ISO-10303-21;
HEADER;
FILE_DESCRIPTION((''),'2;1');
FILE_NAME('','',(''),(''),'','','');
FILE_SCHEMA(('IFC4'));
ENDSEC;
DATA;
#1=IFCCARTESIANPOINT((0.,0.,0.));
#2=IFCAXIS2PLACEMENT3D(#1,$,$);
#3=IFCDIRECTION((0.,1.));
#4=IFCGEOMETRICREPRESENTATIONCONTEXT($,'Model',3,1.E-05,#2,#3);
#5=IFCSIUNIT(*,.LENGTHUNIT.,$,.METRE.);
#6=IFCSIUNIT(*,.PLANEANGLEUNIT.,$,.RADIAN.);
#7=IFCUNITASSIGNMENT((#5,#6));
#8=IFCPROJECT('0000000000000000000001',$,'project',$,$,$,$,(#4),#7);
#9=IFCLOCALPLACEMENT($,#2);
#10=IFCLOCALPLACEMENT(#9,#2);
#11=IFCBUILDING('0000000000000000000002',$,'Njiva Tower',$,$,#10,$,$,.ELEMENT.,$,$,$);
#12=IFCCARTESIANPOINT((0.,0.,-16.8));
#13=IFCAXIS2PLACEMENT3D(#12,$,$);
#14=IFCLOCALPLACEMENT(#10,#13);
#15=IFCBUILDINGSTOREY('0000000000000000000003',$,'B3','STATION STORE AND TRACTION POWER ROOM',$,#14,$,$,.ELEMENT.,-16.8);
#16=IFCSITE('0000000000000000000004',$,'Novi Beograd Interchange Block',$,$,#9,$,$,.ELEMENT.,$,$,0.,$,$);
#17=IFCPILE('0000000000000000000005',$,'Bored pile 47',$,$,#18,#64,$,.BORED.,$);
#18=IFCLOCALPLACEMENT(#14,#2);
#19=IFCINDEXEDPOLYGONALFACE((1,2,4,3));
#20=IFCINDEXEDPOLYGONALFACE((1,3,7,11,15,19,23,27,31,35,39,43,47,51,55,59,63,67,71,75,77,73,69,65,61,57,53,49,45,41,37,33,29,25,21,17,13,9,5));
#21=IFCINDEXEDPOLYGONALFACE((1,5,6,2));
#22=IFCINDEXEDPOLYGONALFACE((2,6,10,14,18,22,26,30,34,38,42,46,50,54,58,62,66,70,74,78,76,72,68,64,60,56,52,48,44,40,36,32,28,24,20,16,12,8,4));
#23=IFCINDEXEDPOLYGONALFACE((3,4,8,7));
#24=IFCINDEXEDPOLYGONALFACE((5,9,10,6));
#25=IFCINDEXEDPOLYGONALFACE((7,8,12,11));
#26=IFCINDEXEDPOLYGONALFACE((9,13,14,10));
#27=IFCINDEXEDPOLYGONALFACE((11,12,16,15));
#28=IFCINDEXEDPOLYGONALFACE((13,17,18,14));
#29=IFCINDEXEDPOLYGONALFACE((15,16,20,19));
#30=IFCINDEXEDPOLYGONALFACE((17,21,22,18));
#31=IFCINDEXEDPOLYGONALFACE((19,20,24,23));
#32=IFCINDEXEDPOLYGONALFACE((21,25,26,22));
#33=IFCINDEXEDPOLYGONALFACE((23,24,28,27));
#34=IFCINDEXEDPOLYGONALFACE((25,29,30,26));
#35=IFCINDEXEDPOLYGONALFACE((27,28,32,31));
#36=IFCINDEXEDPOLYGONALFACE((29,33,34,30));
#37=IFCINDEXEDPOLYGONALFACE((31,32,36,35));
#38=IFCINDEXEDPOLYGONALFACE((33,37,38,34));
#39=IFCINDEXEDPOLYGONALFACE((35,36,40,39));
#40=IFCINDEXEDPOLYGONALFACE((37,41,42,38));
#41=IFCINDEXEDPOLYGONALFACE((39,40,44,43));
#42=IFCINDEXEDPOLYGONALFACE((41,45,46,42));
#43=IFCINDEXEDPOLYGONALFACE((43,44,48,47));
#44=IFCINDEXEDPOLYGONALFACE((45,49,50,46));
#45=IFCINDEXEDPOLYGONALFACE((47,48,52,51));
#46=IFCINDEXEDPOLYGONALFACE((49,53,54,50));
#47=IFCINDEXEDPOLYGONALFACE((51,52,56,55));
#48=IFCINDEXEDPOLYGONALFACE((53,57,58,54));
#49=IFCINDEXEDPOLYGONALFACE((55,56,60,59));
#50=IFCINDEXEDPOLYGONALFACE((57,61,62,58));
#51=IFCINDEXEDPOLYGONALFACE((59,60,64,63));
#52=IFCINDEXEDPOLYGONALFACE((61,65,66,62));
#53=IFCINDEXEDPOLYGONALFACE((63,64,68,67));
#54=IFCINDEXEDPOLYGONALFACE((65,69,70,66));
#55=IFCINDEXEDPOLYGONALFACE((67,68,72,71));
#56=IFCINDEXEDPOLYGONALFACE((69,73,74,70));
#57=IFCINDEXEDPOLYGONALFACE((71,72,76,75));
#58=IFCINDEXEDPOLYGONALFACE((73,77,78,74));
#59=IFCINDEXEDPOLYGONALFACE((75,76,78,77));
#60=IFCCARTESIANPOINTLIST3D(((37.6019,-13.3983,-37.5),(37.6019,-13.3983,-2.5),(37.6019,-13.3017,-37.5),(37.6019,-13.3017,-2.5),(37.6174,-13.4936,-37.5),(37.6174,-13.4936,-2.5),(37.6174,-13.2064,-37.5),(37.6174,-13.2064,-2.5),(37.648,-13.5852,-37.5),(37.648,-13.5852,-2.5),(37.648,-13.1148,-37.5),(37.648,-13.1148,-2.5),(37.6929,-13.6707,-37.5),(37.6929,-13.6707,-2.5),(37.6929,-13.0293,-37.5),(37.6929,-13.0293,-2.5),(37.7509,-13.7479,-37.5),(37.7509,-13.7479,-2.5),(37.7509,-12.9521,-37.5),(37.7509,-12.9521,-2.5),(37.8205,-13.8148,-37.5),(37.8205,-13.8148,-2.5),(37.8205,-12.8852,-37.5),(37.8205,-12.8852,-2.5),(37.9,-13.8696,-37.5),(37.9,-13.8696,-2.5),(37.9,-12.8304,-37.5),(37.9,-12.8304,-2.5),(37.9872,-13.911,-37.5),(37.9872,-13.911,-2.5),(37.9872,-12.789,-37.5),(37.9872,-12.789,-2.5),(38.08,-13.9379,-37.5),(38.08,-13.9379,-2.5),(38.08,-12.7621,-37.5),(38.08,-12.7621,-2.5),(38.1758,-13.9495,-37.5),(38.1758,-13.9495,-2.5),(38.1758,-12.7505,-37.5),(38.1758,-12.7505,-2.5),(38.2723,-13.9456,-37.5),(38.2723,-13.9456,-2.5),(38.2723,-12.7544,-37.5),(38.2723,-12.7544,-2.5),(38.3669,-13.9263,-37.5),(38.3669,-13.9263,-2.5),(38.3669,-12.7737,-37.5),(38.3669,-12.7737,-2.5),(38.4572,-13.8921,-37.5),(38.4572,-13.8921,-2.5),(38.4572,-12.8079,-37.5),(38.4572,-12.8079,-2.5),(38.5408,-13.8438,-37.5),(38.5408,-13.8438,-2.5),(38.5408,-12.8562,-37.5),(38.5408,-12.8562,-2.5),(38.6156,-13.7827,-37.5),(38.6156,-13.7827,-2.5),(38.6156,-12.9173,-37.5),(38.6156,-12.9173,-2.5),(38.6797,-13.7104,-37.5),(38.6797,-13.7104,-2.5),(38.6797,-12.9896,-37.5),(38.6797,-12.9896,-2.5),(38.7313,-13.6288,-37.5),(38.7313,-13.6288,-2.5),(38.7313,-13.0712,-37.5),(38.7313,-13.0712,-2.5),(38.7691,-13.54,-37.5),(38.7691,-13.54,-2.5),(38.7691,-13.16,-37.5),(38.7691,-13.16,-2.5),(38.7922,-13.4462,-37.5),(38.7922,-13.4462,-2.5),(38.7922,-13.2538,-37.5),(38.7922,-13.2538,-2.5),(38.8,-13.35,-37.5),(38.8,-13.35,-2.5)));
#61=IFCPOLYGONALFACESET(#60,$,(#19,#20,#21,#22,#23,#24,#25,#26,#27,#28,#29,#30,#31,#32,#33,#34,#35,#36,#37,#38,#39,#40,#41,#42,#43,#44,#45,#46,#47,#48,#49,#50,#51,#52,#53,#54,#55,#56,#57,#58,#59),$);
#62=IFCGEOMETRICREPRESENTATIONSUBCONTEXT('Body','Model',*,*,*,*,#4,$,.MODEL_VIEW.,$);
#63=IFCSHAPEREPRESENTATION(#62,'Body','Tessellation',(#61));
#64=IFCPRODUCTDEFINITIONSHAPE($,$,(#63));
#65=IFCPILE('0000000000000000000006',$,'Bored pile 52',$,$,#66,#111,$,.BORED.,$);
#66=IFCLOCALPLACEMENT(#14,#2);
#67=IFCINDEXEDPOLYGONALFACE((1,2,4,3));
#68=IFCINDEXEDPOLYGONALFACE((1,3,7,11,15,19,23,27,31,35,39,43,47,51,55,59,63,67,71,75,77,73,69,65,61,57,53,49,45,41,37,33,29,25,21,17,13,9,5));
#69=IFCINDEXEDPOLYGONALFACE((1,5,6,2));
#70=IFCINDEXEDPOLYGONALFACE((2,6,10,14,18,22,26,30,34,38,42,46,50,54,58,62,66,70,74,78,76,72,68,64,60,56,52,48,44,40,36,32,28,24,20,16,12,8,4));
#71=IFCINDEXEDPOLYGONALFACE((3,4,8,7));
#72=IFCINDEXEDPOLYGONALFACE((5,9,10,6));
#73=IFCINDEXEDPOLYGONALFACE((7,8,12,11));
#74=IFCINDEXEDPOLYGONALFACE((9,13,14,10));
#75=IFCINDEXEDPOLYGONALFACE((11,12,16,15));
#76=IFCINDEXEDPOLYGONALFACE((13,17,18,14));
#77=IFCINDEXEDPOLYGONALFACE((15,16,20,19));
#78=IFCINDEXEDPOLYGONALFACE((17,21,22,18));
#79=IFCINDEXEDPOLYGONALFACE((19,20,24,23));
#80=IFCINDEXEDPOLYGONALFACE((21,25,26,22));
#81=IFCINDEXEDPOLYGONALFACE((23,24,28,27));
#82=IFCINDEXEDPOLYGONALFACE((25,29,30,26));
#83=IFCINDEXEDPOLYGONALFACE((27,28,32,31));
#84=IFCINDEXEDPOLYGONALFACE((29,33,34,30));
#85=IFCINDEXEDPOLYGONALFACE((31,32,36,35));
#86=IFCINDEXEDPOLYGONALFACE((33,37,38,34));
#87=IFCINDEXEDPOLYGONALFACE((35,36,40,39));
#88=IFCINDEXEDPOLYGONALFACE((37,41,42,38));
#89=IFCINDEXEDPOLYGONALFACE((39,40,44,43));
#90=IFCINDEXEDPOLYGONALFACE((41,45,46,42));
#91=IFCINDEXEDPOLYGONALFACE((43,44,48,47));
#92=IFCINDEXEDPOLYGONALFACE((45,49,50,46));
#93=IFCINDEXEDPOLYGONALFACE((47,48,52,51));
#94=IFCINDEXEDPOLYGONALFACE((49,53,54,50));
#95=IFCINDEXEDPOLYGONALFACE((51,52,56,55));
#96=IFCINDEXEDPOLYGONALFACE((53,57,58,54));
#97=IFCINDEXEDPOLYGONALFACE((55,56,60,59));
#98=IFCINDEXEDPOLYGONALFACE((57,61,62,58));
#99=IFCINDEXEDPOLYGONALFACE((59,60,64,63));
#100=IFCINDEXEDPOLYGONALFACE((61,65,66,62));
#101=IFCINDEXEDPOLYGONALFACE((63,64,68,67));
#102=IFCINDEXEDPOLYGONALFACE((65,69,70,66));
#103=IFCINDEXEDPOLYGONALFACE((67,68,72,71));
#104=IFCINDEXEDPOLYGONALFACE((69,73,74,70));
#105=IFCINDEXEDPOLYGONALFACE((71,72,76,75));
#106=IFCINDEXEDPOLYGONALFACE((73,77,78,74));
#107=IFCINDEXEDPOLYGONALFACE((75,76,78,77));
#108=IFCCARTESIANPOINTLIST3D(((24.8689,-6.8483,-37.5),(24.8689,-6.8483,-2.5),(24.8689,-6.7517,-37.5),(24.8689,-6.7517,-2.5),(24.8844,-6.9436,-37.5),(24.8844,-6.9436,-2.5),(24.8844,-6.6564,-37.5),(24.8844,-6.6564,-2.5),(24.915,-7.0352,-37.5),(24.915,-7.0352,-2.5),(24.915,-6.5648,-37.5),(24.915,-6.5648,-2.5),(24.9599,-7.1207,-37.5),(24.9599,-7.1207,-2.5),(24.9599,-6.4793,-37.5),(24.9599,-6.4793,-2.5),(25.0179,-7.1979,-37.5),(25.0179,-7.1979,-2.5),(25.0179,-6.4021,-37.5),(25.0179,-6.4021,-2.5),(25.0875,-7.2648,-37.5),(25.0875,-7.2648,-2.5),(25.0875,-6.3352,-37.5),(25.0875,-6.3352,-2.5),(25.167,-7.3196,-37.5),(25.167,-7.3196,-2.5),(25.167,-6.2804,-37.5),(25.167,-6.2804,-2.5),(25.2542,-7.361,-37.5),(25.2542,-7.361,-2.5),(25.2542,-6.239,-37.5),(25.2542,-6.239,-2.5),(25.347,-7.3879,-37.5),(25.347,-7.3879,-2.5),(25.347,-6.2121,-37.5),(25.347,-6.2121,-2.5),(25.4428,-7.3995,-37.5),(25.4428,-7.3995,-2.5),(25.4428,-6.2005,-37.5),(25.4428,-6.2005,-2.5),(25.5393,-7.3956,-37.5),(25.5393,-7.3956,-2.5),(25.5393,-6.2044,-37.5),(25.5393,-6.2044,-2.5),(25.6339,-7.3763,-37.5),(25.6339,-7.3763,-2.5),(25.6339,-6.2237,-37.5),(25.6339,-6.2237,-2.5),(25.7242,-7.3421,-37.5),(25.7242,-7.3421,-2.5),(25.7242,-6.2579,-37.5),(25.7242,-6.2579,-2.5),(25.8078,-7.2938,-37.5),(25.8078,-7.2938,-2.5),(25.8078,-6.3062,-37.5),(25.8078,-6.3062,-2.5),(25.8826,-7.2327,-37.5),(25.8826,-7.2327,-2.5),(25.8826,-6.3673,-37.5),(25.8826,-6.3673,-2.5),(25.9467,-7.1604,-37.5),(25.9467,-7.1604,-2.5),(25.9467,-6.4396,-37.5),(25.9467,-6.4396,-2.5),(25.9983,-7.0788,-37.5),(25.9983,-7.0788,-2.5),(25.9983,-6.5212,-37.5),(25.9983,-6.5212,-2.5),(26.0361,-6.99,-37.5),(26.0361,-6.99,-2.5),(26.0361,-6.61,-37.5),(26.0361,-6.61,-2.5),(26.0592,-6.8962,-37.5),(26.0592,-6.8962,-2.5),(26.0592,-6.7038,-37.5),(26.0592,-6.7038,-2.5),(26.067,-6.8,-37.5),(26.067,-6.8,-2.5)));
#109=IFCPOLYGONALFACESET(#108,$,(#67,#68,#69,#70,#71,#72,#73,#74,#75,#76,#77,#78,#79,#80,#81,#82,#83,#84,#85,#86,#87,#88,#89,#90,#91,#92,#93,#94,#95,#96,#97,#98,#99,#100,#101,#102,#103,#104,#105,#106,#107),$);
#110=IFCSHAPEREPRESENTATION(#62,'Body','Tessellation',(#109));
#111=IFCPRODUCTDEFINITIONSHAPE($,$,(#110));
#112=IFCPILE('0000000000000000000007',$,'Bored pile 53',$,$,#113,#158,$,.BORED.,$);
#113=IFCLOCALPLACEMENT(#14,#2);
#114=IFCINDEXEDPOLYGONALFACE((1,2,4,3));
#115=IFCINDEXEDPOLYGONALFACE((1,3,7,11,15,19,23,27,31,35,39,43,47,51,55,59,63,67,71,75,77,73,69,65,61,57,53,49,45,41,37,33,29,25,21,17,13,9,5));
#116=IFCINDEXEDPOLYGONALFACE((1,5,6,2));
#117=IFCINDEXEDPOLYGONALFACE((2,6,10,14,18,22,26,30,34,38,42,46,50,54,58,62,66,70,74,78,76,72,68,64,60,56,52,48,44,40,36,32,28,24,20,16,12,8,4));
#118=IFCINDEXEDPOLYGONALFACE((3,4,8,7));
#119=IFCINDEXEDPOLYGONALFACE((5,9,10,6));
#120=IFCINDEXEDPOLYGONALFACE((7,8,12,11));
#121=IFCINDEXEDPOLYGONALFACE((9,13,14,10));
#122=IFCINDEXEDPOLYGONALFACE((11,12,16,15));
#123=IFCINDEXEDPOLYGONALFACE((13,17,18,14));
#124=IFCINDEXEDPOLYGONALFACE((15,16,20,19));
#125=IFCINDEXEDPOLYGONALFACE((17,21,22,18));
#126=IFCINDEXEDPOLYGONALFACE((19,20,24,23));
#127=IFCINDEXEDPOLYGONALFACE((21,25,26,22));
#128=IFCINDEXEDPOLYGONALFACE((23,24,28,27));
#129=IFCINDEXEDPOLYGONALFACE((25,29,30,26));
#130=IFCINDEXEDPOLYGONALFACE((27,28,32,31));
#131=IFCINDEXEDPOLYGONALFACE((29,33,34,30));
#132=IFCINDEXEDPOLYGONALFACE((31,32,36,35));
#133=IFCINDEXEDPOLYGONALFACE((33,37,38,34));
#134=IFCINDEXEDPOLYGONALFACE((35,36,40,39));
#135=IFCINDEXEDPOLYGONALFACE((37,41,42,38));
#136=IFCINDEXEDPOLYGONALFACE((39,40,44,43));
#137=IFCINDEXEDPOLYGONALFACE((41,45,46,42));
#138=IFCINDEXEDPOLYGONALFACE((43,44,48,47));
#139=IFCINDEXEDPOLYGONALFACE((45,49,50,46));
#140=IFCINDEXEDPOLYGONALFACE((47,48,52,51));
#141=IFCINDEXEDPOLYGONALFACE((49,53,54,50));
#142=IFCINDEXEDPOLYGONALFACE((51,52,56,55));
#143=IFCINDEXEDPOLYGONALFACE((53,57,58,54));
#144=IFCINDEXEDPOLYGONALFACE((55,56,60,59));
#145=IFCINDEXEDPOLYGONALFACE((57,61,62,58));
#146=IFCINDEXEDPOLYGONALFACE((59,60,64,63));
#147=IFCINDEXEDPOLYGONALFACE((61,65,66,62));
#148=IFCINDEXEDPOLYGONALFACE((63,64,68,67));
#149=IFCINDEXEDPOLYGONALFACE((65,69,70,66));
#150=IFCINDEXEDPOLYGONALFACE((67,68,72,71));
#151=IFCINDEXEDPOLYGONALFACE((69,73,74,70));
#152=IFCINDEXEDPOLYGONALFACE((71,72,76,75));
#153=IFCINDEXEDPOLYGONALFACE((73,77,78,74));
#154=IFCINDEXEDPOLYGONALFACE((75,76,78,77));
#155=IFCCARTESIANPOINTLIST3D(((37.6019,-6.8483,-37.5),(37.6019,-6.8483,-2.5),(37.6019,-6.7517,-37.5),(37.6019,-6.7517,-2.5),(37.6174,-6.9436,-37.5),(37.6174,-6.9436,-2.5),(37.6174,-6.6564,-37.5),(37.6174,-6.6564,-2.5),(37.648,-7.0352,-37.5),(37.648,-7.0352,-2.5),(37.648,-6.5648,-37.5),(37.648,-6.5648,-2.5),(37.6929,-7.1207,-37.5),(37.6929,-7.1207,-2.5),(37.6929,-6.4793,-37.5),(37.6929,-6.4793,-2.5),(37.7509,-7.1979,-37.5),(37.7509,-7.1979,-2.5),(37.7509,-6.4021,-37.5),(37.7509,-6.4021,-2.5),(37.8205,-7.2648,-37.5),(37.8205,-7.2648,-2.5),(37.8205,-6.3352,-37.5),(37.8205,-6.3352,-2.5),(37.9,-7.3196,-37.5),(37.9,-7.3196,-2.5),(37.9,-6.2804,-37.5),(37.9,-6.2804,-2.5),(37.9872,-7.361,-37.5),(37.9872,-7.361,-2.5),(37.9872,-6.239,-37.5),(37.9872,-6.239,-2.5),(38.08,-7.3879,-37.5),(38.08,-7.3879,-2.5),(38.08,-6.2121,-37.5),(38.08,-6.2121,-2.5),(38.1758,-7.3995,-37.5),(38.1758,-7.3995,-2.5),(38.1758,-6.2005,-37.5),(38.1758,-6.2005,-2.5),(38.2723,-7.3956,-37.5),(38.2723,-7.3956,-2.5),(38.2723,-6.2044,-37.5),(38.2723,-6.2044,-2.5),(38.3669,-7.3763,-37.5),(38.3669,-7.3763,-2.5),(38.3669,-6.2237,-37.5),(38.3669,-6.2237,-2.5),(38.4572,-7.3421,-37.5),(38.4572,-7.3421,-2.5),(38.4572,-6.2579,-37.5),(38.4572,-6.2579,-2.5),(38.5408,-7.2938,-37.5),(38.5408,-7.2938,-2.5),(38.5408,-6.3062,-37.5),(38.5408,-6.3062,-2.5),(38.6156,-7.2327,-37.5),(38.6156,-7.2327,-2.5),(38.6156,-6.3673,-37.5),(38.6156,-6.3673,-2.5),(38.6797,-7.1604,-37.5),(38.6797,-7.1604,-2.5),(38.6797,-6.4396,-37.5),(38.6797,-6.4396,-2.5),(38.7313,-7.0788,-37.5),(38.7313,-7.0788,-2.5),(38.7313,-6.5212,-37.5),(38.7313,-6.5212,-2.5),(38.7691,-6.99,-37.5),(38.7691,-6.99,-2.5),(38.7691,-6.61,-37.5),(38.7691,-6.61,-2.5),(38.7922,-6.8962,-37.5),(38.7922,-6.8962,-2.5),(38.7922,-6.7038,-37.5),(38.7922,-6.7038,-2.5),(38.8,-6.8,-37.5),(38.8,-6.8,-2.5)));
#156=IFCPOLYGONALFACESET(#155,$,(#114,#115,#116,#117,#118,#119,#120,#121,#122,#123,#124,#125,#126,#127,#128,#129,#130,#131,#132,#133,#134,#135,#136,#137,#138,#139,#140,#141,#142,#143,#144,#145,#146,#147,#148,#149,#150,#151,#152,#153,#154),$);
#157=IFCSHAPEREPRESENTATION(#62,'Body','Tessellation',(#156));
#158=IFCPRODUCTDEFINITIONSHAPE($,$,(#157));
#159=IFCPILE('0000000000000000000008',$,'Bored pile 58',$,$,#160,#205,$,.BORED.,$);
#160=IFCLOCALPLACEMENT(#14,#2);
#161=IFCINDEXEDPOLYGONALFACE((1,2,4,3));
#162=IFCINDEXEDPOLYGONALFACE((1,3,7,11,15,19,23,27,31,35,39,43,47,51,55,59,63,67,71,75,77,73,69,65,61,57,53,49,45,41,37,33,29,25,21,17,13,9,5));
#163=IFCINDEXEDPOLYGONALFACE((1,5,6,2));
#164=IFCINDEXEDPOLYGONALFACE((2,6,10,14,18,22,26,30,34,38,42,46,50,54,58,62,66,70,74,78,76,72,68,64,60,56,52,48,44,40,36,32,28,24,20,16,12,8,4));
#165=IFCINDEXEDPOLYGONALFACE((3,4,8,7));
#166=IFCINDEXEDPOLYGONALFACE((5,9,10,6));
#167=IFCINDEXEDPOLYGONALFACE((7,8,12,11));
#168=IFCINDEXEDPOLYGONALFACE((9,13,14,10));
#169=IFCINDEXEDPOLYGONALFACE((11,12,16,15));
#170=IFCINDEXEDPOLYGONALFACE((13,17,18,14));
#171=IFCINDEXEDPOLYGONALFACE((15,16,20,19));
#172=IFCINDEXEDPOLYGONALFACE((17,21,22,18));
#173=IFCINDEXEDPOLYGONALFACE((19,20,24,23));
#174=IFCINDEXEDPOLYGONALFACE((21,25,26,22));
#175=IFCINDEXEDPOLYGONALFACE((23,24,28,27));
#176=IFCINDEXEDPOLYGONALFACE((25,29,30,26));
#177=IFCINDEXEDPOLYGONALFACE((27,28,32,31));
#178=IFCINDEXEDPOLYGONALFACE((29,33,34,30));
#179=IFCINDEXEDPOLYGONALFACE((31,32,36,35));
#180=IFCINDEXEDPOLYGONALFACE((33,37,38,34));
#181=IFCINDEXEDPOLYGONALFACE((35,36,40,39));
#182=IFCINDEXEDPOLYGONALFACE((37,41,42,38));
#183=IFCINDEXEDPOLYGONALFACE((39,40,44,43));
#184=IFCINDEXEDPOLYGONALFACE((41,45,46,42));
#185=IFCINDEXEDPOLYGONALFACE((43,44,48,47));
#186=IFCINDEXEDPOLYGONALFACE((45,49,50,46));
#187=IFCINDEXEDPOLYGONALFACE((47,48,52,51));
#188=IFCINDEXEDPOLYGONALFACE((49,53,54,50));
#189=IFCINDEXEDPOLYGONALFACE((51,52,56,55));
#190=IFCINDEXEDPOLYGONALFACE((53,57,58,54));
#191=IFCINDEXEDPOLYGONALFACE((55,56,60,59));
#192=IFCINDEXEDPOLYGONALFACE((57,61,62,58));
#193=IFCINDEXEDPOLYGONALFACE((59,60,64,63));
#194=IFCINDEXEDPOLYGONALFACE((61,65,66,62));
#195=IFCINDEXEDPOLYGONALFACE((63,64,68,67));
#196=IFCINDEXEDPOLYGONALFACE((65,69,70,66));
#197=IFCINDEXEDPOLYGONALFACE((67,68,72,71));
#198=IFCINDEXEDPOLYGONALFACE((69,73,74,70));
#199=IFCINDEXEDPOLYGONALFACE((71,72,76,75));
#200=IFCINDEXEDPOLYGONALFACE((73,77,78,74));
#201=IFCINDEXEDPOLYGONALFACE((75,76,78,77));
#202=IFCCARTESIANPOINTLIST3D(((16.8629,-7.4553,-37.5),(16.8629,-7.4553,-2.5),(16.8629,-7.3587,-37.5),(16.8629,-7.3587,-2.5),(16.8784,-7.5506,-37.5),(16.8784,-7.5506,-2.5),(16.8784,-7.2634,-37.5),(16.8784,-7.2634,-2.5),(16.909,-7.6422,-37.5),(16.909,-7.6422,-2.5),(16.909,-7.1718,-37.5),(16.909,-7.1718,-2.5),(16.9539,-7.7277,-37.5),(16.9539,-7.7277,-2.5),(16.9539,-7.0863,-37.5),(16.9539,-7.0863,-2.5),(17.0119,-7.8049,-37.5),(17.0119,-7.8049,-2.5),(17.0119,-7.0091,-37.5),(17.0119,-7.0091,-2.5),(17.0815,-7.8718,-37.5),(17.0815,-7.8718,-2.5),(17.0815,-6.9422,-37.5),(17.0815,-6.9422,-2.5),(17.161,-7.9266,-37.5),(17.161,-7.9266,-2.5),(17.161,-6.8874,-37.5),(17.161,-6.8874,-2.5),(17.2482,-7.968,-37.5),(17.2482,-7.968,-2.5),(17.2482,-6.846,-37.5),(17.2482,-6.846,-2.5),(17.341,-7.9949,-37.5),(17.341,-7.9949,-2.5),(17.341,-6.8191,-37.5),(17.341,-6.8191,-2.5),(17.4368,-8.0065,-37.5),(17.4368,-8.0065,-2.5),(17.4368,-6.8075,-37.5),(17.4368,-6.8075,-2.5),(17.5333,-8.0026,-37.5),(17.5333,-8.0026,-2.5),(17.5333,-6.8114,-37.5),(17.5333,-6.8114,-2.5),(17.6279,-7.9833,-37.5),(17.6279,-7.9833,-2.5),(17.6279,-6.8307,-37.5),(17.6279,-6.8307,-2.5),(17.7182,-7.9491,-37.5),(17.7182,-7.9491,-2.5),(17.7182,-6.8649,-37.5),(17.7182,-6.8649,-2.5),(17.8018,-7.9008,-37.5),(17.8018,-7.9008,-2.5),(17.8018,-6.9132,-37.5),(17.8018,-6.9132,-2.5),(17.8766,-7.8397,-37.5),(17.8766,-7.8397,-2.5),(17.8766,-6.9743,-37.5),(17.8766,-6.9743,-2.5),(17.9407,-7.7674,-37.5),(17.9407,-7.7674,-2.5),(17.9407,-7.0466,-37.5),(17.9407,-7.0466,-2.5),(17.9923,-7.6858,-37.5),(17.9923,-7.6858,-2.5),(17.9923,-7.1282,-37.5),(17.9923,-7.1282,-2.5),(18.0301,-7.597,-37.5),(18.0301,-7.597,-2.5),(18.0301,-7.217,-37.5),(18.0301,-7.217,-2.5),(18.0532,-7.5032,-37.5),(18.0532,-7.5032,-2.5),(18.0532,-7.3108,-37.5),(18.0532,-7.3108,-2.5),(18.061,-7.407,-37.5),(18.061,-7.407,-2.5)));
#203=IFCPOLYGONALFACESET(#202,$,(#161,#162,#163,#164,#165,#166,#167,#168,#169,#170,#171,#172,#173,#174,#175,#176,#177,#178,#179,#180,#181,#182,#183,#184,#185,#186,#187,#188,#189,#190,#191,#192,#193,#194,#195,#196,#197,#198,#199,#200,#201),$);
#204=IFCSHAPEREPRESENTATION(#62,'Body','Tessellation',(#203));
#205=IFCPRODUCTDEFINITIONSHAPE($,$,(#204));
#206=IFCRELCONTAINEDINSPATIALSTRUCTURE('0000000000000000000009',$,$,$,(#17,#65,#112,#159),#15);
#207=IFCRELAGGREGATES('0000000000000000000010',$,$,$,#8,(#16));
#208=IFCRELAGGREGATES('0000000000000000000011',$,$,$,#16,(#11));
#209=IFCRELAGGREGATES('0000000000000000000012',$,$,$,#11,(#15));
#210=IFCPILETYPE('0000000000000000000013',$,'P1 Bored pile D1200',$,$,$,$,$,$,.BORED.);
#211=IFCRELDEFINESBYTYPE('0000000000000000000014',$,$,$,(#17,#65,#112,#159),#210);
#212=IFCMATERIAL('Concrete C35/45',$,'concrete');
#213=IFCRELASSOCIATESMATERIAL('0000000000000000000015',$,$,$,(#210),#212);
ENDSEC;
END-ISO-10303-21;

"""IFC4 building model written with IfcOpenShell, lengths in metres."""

from ifc_helpers import new_model, si_unit, direction, frame, origin, origin_2d, place, context, subcontext, project, spatial, circle, extrude, material, material_profile, profile_set, type_object, element, save


model = new_model("IFC4")

# Units and contexts
model_context = context("Model", 3, precision=1e-05, world=origin(), true_north=direction((0.0, 1.0)))
body_context = subcontext(model_context, "Body", "Model", "MODEL_VIEW")
ifc_project = project(units=[si_unit("LENGTHUNIT", "METRE"), si_unit("PLANEANGLEUNIT", "RADIAN")], contexts=[model_context])

# Site, building, storey
site_placement = place(None, origin())
site = spatial("IfcSite", under=ifc_project, at=site_placement, Name="Novi Beograd Interchange Block", CompositionType="ELEMENT", RefElevation=0.0)
building_placement = place(site_placement, origin())
building = spatial("IfcBuilding", under=site, at=building_placement, Name="Njiva Tower", CompositionType="ELEMENT")
storey_placement = place(building_placement, frame((0.0, 0.0, -16.8)))
storey = spatial("IfcBuildingStorey", under=building, at=storey_placement, Name="B3", Description="STATION STORE AND TRACTION POWER ROOM", CompositionType="ELEMENT", Elevation=-16.8)

# Piles
ifc_material_1 = material(Name="Concrete C35/45", Category="concrete")
ifc_material_profile_1 = material_profile(ifc_material_1, circle(Radius=0.6, at=origin_2d()), Name="D1200")
ifc_profile_set_1 = profile_set([ifc_material_profile_1], Name="Concrete C35/45")
pile_type = type_object("IfcPileType", Name="P1 Bored pile D1200", PredefinedType="BORED", material=ifc_profile_set_1)
for number, where, z_axis, x_axis, name in (
    (1, (38.2, -13.35, -2.5), (0.0, 0.0, -1.0), (1.0, 0.0, 0.0), "Bored pile 47"),
    (2, (25.467, -6.8, -2.5), (0.0, 0.0, -1.0), (1.0, 0.0, 0.0), "Bored pile 52"),
    (3, (38.2, -6.8, -2.5), (0.0, 0.0, -1.0), (1.0, 0.0, 0.0), "Bored pile 53"),
    (4, (17.461, -7.407, -2.5), (0.0, 0.0, -1.0), (1.0, 0.0, 0.0), "Bored pile 58"),
):
    element("IfcPile", number, at=place(storey_placement, frame(where, z_axis=z_axis, x_axis=x_axis)), inside=storey, type_object=pile_type, Name=name, PredefinedType="BORED", context=body_context, shape_type="SweptSolid", body=[
        extrude(circle(Radius=0.6, at=origin_2d()), origin(), (0.0, 0.0, 1.0), 35.0),
    ])

save(model, "model.ifc")
